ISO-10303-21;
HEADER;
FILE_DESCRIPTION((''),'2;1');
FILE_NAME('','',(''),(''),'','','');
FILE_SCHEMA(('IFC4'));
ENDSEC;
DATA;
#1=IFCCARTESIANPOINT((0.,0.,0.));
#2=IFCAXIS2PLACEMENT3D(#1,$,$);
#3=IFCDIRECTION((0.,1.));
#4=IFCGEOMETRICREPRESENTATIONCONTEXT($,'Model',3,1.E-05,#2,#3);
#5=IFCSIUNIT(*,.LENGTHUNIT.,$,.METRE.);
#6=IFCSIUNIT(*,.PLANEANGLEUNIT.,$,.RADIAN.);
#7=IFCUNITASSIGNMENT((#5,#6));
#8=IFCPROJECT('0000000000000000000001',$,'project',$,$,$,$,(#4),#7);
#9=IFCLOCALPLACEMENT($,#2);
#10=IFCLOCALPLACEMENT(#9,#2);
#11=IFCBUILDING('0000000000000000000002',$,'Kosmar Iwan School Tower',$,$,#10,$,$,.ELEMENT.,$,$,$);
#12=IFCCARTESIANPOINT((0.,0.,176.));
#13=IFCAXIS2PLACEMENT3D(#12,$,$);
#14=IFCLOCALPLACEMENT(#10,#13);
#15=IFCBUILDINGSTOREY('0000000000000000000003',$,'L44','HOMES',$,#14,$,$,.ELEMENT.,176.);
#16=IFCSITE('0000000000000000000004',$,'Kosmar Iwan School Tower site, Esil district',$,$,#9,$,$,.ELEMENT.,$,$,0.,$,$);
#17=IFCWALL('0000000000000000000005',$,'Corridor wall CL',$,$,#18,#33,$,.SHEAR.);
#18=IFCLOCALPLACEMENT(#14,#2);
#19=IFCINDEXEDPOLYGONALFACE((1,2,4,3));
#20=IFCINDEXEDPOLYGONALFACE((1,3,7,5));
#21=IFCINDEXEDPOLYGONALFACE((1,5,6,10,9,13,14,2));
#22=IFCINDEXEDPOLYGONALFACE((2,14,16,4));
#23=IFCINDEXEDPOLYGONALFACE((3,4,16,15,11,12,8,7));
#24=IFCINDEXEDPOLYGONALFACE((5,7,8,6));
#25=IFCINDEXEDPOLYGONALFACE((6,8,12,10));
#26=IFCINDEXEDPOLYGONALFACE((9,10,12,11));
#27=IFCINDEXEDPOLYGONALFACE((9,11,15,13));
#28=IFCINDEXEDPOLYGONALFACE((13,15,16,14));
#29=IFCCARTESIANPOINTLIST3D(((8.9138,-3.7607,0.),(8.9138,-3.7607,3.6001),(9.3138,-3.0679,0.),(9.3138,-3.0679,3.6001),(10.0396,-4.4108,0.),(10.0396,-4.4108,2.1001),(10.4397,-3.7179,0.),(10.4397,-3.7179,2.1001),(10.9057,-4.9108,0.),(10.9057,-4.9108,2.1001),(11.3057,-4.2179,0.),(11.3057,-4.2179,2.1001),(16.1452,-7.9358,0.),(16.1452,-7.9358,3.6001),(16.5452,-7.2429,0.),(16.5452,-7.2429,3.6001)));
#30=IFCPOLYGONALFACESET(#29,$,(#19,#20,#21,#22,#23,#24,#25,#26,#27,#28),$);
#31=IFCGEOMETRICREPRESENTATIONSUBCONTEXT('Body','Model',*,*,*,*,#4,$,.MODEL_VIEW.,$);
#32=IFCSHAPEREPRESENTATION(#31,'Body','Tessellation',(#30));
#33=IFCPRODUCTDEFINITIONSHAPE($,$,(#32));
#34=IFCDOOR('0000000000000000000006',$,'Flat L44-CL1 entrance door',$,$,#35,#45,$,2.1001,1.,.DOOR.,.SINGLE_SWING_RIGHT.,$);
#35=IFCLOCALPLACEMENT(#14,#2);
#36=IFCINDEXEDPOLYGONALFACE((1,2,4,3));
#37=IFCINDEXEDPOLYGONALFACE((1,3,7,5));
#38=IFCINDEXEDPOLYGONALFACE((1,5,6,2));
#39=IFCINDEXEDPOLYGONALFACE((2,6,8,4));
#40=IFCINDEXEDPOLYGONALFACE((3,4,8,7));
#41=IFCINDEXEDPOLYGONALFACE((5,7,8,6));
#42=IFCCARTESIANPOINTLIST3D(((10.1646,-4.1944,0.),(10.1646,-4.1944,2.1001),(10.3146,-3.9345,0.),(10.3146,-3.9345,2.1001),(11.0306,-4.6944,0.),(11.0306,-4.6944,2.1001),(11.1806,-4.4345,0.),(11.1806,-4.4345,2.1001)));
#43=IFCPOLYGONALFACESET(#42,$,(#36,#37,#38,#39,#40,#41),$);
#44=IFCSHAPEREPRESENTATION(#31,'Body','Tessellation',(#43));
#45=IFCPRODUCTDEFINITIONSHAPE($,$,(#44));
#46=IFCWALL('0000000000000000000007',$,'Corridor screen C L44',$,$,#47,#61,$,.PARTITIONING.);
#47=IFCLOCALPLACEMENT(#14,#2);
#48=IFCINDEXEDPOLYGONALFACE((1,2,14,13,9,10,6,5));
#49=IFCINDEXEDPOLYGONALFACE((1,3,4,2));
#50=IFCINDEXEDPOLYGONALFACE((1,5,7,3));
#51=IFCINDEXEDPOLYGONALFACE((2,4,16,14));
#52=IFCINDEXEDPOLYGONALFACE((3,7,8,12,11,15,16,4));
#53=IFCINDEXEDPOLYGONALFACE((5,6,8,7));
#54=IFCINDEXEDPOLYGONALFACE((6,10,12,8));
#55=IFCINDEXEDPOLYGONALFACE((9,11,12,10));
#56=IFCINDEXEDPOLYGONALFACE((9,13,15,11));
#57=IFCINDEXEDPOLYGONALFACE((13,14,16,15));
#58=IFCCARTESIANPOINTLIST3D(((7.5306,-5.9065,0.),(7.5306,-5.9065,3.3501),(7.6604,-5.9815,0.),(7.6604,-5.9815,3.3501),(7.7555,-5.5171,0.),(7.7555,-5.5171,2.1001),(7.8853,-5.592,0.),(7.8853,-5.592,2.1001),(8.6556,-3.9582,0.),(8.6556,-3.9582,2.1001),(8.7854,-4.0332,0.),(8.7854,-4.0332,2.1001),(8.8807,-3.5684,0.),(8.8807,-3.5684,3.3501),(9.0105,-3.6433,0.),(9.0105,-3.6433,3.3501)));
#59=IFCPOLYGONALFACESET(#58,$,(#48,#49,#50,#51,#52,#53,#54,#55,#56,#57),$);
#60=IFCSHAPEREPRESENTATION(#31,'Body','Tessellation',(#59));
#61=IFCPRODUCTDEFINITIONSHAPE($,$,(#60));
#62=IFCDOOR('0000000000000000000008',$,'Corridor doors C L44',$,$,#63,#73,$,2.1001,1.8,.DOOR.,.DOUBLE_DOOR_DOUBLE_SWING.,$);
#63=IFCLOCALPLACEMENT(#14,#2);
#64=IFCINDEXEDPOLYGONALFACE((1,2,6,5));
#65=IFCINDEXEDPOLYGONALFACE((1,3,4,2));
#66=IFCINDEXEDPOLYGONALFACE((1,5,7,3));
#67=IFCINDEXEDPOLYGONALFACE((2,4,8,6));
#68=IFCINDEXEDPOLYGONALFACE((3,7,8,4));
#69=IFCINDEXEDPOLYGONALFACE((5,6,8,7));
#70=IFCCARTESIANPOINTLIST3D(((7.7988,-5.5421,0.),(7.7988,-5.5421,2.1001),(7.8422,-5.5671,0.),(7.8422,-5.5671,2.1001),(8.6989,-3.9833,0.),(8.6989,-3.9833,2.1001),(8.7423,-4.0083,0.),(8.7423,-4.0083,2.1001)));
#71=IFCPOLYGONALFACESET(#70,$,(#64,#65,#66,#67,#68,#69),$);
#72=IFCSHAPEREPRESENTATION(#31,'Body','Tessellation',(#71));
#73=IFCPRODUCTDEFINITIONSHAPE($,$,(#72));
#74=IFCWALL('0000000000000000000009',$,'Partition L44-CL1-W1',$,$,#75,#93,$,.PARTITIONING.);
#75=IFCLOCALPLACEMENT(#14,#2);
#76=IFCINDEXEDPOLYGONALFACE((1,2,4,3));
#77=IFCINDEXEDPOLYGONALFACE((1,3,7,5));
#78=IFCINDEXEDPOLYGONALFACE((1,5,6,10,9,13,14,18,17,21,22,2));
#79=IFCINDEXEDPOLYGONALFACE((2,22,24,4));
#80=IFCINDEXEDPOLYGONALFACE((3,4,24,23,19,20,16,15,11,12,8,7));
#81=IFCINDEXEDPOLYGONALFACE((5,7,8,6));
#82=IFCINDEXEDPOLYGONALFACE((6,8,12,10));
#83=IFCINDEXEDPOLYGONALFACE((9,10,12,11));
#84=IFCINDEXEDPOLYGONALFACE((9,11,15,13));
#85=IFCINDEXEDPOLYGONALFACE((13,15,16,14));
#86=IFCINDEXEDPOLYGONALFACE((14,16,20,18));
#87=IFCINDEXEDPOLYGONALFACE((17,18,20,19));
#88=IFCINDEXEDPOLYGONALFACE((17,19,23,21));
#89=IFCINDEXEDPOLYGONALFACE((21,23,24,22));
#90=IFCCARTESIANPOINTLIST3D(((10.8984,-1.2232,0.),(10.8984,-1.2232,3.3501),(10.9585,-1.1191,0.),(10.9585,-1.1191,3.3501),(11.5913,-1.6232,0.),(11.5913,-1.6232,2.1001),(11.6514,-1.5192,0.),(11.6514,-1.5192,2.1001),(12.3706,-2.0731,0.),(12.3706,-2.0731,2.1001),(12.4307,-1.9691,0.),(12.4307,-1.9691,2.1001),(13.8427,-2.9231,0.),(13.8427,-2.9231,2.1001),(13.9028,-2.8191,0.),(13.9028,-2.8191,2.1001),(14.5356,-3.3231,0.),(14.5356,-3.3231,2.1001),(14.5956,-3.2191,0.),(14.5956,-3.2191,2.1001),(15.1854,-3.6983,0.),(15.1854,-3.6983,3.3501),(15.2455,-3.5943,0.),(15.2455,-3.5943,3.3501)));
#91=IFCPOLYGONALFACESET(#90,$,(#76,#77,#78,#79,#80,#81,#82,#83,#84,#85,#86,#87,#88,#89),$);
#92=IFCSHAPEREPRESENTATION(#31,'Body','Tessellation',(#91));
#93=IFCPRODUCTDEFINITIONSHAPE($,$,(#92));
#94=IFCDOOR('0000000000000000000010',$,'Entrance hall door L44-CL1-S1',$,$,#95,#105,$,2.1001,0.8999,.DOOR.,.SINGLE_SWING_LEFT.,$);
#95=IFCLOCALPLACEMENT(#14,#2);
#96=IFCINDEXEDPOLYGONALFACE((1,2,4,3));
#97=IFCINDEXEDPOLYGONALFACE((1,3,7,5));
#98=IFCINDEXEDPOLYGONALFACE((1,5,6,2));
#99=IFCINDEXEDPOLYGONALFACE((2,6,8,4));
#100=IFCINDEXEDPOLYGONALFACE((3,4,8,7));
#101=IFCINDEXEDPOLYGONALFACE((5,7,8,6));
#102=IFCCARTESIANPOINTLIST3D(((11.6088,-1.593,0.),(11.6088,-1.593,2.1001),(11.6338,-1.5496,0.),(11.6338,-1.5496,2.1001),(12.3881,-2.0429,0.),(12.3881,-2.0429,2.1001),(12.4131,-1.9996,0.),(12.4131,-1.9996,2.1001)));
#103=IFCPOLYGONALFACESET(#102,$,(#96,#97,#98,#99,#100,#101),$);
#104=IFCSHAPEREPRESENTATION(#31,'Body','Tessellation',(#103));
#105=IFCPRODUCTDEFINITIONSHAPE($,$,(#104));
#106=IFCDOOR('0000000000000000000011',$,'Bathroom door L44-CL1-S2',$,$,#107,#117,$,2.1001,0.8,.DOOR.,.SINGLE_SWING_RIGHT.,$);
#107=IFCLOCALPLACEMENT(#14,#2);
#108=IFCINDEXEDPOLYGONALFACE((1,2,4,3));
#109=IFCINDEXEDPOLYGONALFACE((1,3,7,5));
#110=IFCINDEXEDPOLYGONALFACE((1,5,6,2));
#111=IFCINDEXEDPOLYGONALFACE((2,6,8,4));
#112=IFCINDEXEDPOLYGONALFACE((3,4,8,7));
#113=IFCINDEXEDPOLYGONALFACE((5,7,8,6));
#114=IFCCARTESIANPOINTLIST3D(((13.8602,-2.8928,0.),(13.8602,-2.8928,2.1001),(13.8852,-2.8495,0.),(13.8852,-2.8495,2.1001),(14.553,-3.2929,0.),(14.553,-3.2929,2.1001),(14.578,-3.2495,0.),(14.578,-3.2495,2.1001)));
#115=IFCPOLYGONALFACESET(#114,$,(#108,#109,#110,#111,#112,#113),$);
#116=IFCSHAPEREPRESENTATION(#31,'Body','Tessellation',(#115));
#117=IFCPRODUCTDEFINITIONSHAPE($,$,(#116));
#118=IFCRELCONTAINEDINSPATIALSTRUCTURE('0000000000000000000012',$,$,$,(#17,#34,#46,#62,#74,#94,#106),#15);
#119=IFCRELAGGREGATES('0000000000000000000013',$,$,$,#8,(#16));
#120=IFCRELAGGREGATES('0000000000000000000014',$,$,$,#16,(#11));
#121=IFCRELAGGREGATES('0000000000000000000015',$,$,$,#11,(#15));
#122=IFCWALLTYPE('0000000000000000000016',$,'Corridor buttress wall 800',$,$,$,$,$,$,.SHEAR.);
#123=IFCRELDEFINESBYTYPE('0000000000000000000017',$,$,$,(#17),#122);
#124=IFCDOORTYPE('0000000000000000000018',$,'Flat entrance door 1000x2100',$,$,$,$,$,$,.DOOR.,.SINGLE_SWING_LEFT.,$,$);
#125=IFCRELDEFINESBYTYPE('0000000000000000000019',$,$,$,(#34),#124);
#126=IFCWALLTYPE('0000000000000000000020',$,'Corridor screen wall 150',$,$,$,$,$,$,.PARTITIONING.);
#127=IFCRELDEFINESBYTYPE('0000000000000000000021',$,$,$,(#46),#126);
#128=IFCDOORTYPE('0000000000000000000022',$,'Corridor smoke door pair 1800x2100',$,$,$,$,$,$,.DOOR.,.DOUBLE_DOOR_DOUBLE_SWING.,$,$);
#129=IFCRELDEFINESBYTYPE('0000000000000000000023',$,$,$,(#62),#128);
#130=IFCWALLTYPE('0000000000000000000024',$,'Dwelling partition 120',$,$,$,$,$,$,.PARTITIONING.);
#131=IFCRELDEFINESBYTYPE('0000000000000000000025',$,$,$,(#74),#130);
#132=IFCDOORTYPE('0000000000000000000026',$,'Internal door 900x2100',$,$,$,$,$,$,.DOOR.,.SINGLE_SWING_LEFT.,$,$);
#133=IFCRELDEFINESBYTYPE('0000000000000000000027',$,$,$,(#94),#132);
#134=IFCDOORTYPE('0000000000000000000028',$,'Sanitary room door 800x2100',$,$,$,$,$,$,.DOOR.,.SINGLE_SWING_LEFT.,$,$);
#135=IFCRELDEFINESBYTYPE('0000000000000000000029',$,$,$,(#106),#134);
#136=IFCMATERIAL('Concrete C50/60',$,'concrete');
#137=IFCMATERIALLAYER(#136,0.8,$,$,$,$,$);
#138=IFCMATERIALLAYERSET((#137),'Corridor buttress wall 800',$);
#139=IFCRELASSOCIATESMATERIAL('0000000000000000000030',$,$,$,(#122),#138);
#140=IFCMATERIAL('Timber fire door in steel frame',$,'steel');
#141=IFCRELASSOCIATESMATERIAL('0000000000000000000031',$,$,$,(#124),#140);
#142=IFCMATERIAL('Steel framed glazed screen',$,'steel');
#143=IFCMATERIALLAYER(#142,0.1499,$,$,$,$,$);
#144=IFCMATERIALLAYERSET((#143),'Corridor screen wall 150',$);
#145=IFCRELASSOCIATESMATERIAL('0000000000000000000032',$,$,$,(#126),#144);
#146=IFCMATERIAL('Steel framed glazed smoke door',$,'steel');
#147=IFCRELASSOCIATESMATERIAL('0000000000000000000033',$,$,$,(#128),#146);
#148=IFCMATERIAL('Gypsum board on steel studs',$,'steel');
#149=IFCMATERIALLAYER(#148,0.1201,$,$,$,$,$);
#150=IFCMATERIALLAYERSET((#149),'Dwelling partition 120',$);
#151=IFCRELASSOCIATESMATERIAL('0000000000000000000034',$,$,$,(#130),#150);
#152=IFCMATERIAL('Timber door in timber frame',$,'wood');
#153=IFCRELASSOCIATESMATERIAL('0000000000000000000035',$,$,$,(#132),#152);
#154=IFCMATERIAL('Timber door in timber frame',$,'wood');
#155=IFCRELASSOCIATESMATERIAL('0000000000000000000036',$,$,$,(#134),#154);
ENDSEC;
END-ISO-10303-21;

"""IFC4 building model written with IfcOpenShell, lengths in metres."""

from ifc_helpers import new_model, si_unit, direction, frame, frame_2d, origin, place, context, subcontext, project, spatial, rectangle, extrude, material, layer, layer_set, type_object, element, fill, save


model = new_model("IFC4")

# Units and contexts
model_context = context("Model", 3, precision=1e-05, world=origin(), true_north=direction((0.0, 1.0)))
body_context = subcontext(model_context, "Body", "Model", "MODEL_VIEW")
ifc_project = project(units=[si_unit("LENGTHUNIT", "METRE"), si_unit("PLANEANGLEUNIT", "RADIAN")], contexts=[model_context])

# Site, building, storey
site_placement = place(None, origin())
site = spatial("IfcSite", under=ifc_project, at=site_placement, Name="Kosmar Iwan School Tower site, Esil district", CompositionType="ELEMENT", RefElevation=0.0)
building_placement = place(site_placement, origin())
building = spatial("IfcBuilding", under=site, at=building_placement, Name="Kosmar Iwan School Tower", CompositionType="ELEMENT")
storey_placement = place(building_placement, frame((0.0, 0.0, 176.0)))
storey = spatial("IfcBuildingStorey", under=building, at=storey_placement, Name="L44", Description="HOMES", CompositionType="ELEMENT", Elevation=176.0)

# Walls, openings, doors
ifc_material_1 = material(Name="Concrete C50/60", Category="concrete")
ifc_layer_1 = layer(ifc_material_1, 0.8)
ifc_layer_set_1 = layer_set([ifc_layer_1], Name="Corridor buttress wall 800")
wall_type_1 = type_object("IfcWallType", Name="Corridor buttress wall 800", PredefinedType="SHEAR", material=ifc_layer_set_1)
wall_1_placement = place(storey_placement, frame((9.1138, -3.4143, 0.0), z_axis=(0.0, 0.0, 1.0), x_axis=(0.866027, -0.499997, 0.0)))
wall_1 = element("IfcWall", 1, at=wall_1_placement, inside=storey, type_object=wall_type_1, Name="Corridor wall CL", PredefinedType="SHEAR", context=body_context, shape_type="SweptSolid", body=[
    extrude(rectangle(XDim=8.3501, YDim=0.8, at=frame_2d((4.175, 0.0))), origin(), (0.0, 0.0, 1.0), 3.6001),
])
opening_1_placement = place(wall_1_placement, frame((1.3, 0.0, 0.0)))
opening_1 = element("IfcOpeningElement", 2, at=opening_1_placement, cuts=wall_1, PredefinedType="OPENING", context=body_context, shape_type="SweptSolid", body=[
    extrude(rectangle(XDim=1.0, YDim=2.1001, at=frame_2d((0.5, 1.05))), frame((0.0, 0.4121, 0.0), z_axis=(0.0, -1.0, 0.0), x_axis=(1.0, 0.0, 0.0)), (0.0, 0.0, 1.0), 0.824),
])
ifc_material_2 = material(Name="Timber fire door in steel frame", Category="steel")
door_type_1 = type_object("IfcDoorType", Name="Flat entrance door 1000x2100", OperationType="SINGLE_SWING_LEFT", PredefinedType="DOOR", material=ifc_material_2)
door_1_placement = place(opening_1_placement, origin())
door_1 = element("IfcDoor", 3, at=door_1_placement, inside=storey, type_object=door_type_1, Name="Flat L44-CL1 entrance door", OperationType="SINGLE_SWING_RIGHT", OverallHeight=2.1001, OverallWidth=1.0, PredefinedType="DOOR", context=body_context, shape_type="SweptSolid", body=[
    extrude(rectangle(XDim=1.0, YDim=2.1001, at=frame_2d((0.5, 1.05))), frame((0.0, 0.1499, 0.0), z_axis=(0.0, -1.0, 0.0), x_axis=(1.0, 0.0, 0.0)), (0.0, 0.0, 1.0), 0.3),
])
fill(opening_1, door_1)
ifc_material_3 = material(Name="Steel framed glazed screen", Category="steel")
ifc_layer_2 = layer(ifc_material_3, 0.1499)
ifc_layer_set_2 = layer_set([ifc_layer_2], Name="Corridor screen wall 150")
wall_type_2 = type_object("IfcWallType", Name="Corridor screen wall 150", PredefinedType="PARTITIONING", material=ifc_layer_set_2)
wall_2_placement = place(storey_placement, frame((7.5955, -5.9441, 0.0), z_axis=(0.0, 0.0, 1.0), x_axis=(0.500049, 0.865997, 0.0)))
wall_2 = element("IfcWall", 4, at=wall_2_placement, inside=storey, type_object=wall_type_2, Name="Corridor screen C L44", PredefinedType="PARTITIONING", context=body_context, shape_type="SweptSolid", body=[
    extrude(rectangle(XDim=2.7, YDim=0.1499, at=frame_2d((1.3501, 0.0))), origin(), (0.0, 0.0, 1.0), 3.3501),
])
opening_2_placement = place(wall_2_placement, frame((0.45, 0.0, 0.0)))
opening_2 = element("IfcOpeningElement", 5, at=opening_2_placement, cuts=wall_2, PredefinedType="OPENING", context=body_context, shape_type="SweptSolid", body=[
    extrude(rectangle(XDim=1.8, YDim=2.1001, at=frame_2d((0.8999, 1.05))), frame((0.0, 0.0869, 0.0), z_axis=(0.0, -1.0, 0.0), x_axis=(1.0, 0.0, 0.0)), (0.0, 0.0, 1.0), 0.1738),
])
ifc_material_4 = material(Name="Steel framed glazed smoke door", Category="steel")
door_type_2 = type_object("IfcDoorType", Name="Corridor smoke door pair 1800x2100", OperationType="DOUBLE_DOOR_DOUBLE_SWING", PredefinedType="DOOR", material=ifc_material_4)
door_2_placement = place(opening_2_placement, origin())
door_2 = element("IfcDoor", 6, at=door_2_placement, inside=storey, type_object=door_type_2, Name="Corridor doors C L44", OperationType="DOUBLE_DOOR_DOUBLE_SWING", OverallHeight=2.1001, OverallWidth=1.8, PredefinedType="DOOR", context=body_context, shape_type="SweptSolid", body=[
    extrude(rectangle(XDim=1.8, YDim=2.1001, at=frame_2d((0.8999, 1.05))), frame((0.0, 0.0249, 0.0), z_axis=(0.0, -1.0, 0.0), x_axis=(1.0, 0.0, 0.0)), (0.0, 0.0, 1.0), 0.05),
])
fill(opening_2, door_2)

# Wall, openings, doors
ifc_material_5 = material(Name="Gypsum board on steel studs", Category="steel")
ifc_layer_3 = layer(ifc_material_5, 0.1201)
ifc_layer_set_3 = layer_set([ifc_layer_3], Name="Dwelling partition 120")
wall_type_3 = type_object("IfcWallType", Name="Dwelling partition 120", PredefinedType="PARTITIONING", material=ifc_layer_set_3)
wall_3_placement = place(storey_placement, frame((10.9285, -1.1711, 0.0), z_axis=(0.0, 0.0, 1.0), x_axis=(0.866019, -0.500011, 0.0)))
wall_3 = element("IfcWall", 7, at=wall_3_placement, inside=storey, type_object=wall_type_3, Name="Partition L44-CL1-W1", PredefinedType="PARTITIONING", context=body_context, shape_type="SweptSolid", body=[
    extrude(rectangle(XDim=4.9502, YDim=0.1201, at=frame_2d((2.4751, 0.0))), origin(), (0.0, 0.0, 1.0), 3.3501),
])
opening_3_placement = place(wall_3_placement, frame((0.8, 0.0, 0.0)))
opening_3 = element("IfcOpeningElement", 8, at=opening_3_placement, cuts=wall_3, PredefinedType="OPENING", context=body_context, shape_type="SweptSolid", body=[
    extrude(rectangle(XDim=0.8999, YDim=2.1001, at=frame_2d((0.45, 1.05))), frame((0.0, 0.072, 0.0), z_axis=(0.0, -1.0, 0.0), x_axis=(1.0, 0.0, 0.0)), (0.0, 0.0, 1.0), 0.144),
])
opening_4_placement = place(wall_3_placement, frame((3.3999, 0.0, 0.0)))
opening_4 = element("IfcOpeningElement", 9, at=opening_4_placement, cuts=wall_3, PredefinedType="OPENING", context=body_context, shape_type="SweptSolid", body=[
    extrude(rectangle(XDim=0.8, YDim=2.1001, at=frame_2d((0.3999, 1.05))), frame((0.0, 0.072, 0.0), z_axis=(0.0, -1.0, 0.0), x_axis=(1.0, 0.0, 0.0)), (0.0, 0.0, 1.0), 0.144),
])
ifc_material_6 = material(Name="Timber door in timber frame", Category="wood")
door_type_3 = type_object("IfcDoorType", Name="Internal door 900x2100", OperationType="SINGLE_SWING_LEFT", PredefinedType="DOOR", material=ifc_material_6)
door_3_placement = place(opening_3_placement, origin())
door_3 = element("IfcDoor", 10, at=door_3_placement, inside=storey, type_object=door_type_3, Name="Entrance hall door L44-CL1-S1", OperationType="SINGLE_SWING_LEFT", OverallHeight=2.1001, OverallWidth=0.8999, PredefinedType="DOOR", context=body_context, shape_type="SweptSolid", body=[
    extrude(rectangle(XDim=0.8999, YDim=2.1001, at=frame_2d((0.45, 1.05))), frame((0.0, 0.0249, 0.0), z_axis=(0.0, -1.0, 0.0), x_axis=(1.0, 0.0, 0.0)), (0.0, 0.0, 1.0), 0.05),
])
fill(opening_3, door_3)
ifc_material_7 = material(Name="Timber door in timber frame", Category="wood")
door_type_4 = type_object("IfcDoorType", Name="Sanitary room door 800x2100", OperationType="SINGLE_SWING_LEFT", PredefinedType="DOOR", material=ifc_material_7)
door_4_placement = place(opening_4_placement, origin())
door_4 = element("IfcDoor", 11, at=door_4_placement, inside=storey, type_object=door_type_4, Name="Bathroom door L44-CL1-S2", OperationType="SINGLE_SWING_RIGHT", OverallHeight=2.1001, OverallWidth=0.8, PredefinedType="DOOR", context=body_context, shape_type="SweptSolid", body=[
    extrude(rectangle(XDim=0.8, YDim=2.1001, at=frame_2d((0.3999, 1.05))), frame((0.0, 0.0249, 0.0), z_axis=(0.0, -1.0, 0.0), x_axis=(1.0, 0.0, 0.0)), (0.0, 0.0, 1.0), 0.05),
])
fill(opening_4, door_4)

save(model, "model.ifc")
